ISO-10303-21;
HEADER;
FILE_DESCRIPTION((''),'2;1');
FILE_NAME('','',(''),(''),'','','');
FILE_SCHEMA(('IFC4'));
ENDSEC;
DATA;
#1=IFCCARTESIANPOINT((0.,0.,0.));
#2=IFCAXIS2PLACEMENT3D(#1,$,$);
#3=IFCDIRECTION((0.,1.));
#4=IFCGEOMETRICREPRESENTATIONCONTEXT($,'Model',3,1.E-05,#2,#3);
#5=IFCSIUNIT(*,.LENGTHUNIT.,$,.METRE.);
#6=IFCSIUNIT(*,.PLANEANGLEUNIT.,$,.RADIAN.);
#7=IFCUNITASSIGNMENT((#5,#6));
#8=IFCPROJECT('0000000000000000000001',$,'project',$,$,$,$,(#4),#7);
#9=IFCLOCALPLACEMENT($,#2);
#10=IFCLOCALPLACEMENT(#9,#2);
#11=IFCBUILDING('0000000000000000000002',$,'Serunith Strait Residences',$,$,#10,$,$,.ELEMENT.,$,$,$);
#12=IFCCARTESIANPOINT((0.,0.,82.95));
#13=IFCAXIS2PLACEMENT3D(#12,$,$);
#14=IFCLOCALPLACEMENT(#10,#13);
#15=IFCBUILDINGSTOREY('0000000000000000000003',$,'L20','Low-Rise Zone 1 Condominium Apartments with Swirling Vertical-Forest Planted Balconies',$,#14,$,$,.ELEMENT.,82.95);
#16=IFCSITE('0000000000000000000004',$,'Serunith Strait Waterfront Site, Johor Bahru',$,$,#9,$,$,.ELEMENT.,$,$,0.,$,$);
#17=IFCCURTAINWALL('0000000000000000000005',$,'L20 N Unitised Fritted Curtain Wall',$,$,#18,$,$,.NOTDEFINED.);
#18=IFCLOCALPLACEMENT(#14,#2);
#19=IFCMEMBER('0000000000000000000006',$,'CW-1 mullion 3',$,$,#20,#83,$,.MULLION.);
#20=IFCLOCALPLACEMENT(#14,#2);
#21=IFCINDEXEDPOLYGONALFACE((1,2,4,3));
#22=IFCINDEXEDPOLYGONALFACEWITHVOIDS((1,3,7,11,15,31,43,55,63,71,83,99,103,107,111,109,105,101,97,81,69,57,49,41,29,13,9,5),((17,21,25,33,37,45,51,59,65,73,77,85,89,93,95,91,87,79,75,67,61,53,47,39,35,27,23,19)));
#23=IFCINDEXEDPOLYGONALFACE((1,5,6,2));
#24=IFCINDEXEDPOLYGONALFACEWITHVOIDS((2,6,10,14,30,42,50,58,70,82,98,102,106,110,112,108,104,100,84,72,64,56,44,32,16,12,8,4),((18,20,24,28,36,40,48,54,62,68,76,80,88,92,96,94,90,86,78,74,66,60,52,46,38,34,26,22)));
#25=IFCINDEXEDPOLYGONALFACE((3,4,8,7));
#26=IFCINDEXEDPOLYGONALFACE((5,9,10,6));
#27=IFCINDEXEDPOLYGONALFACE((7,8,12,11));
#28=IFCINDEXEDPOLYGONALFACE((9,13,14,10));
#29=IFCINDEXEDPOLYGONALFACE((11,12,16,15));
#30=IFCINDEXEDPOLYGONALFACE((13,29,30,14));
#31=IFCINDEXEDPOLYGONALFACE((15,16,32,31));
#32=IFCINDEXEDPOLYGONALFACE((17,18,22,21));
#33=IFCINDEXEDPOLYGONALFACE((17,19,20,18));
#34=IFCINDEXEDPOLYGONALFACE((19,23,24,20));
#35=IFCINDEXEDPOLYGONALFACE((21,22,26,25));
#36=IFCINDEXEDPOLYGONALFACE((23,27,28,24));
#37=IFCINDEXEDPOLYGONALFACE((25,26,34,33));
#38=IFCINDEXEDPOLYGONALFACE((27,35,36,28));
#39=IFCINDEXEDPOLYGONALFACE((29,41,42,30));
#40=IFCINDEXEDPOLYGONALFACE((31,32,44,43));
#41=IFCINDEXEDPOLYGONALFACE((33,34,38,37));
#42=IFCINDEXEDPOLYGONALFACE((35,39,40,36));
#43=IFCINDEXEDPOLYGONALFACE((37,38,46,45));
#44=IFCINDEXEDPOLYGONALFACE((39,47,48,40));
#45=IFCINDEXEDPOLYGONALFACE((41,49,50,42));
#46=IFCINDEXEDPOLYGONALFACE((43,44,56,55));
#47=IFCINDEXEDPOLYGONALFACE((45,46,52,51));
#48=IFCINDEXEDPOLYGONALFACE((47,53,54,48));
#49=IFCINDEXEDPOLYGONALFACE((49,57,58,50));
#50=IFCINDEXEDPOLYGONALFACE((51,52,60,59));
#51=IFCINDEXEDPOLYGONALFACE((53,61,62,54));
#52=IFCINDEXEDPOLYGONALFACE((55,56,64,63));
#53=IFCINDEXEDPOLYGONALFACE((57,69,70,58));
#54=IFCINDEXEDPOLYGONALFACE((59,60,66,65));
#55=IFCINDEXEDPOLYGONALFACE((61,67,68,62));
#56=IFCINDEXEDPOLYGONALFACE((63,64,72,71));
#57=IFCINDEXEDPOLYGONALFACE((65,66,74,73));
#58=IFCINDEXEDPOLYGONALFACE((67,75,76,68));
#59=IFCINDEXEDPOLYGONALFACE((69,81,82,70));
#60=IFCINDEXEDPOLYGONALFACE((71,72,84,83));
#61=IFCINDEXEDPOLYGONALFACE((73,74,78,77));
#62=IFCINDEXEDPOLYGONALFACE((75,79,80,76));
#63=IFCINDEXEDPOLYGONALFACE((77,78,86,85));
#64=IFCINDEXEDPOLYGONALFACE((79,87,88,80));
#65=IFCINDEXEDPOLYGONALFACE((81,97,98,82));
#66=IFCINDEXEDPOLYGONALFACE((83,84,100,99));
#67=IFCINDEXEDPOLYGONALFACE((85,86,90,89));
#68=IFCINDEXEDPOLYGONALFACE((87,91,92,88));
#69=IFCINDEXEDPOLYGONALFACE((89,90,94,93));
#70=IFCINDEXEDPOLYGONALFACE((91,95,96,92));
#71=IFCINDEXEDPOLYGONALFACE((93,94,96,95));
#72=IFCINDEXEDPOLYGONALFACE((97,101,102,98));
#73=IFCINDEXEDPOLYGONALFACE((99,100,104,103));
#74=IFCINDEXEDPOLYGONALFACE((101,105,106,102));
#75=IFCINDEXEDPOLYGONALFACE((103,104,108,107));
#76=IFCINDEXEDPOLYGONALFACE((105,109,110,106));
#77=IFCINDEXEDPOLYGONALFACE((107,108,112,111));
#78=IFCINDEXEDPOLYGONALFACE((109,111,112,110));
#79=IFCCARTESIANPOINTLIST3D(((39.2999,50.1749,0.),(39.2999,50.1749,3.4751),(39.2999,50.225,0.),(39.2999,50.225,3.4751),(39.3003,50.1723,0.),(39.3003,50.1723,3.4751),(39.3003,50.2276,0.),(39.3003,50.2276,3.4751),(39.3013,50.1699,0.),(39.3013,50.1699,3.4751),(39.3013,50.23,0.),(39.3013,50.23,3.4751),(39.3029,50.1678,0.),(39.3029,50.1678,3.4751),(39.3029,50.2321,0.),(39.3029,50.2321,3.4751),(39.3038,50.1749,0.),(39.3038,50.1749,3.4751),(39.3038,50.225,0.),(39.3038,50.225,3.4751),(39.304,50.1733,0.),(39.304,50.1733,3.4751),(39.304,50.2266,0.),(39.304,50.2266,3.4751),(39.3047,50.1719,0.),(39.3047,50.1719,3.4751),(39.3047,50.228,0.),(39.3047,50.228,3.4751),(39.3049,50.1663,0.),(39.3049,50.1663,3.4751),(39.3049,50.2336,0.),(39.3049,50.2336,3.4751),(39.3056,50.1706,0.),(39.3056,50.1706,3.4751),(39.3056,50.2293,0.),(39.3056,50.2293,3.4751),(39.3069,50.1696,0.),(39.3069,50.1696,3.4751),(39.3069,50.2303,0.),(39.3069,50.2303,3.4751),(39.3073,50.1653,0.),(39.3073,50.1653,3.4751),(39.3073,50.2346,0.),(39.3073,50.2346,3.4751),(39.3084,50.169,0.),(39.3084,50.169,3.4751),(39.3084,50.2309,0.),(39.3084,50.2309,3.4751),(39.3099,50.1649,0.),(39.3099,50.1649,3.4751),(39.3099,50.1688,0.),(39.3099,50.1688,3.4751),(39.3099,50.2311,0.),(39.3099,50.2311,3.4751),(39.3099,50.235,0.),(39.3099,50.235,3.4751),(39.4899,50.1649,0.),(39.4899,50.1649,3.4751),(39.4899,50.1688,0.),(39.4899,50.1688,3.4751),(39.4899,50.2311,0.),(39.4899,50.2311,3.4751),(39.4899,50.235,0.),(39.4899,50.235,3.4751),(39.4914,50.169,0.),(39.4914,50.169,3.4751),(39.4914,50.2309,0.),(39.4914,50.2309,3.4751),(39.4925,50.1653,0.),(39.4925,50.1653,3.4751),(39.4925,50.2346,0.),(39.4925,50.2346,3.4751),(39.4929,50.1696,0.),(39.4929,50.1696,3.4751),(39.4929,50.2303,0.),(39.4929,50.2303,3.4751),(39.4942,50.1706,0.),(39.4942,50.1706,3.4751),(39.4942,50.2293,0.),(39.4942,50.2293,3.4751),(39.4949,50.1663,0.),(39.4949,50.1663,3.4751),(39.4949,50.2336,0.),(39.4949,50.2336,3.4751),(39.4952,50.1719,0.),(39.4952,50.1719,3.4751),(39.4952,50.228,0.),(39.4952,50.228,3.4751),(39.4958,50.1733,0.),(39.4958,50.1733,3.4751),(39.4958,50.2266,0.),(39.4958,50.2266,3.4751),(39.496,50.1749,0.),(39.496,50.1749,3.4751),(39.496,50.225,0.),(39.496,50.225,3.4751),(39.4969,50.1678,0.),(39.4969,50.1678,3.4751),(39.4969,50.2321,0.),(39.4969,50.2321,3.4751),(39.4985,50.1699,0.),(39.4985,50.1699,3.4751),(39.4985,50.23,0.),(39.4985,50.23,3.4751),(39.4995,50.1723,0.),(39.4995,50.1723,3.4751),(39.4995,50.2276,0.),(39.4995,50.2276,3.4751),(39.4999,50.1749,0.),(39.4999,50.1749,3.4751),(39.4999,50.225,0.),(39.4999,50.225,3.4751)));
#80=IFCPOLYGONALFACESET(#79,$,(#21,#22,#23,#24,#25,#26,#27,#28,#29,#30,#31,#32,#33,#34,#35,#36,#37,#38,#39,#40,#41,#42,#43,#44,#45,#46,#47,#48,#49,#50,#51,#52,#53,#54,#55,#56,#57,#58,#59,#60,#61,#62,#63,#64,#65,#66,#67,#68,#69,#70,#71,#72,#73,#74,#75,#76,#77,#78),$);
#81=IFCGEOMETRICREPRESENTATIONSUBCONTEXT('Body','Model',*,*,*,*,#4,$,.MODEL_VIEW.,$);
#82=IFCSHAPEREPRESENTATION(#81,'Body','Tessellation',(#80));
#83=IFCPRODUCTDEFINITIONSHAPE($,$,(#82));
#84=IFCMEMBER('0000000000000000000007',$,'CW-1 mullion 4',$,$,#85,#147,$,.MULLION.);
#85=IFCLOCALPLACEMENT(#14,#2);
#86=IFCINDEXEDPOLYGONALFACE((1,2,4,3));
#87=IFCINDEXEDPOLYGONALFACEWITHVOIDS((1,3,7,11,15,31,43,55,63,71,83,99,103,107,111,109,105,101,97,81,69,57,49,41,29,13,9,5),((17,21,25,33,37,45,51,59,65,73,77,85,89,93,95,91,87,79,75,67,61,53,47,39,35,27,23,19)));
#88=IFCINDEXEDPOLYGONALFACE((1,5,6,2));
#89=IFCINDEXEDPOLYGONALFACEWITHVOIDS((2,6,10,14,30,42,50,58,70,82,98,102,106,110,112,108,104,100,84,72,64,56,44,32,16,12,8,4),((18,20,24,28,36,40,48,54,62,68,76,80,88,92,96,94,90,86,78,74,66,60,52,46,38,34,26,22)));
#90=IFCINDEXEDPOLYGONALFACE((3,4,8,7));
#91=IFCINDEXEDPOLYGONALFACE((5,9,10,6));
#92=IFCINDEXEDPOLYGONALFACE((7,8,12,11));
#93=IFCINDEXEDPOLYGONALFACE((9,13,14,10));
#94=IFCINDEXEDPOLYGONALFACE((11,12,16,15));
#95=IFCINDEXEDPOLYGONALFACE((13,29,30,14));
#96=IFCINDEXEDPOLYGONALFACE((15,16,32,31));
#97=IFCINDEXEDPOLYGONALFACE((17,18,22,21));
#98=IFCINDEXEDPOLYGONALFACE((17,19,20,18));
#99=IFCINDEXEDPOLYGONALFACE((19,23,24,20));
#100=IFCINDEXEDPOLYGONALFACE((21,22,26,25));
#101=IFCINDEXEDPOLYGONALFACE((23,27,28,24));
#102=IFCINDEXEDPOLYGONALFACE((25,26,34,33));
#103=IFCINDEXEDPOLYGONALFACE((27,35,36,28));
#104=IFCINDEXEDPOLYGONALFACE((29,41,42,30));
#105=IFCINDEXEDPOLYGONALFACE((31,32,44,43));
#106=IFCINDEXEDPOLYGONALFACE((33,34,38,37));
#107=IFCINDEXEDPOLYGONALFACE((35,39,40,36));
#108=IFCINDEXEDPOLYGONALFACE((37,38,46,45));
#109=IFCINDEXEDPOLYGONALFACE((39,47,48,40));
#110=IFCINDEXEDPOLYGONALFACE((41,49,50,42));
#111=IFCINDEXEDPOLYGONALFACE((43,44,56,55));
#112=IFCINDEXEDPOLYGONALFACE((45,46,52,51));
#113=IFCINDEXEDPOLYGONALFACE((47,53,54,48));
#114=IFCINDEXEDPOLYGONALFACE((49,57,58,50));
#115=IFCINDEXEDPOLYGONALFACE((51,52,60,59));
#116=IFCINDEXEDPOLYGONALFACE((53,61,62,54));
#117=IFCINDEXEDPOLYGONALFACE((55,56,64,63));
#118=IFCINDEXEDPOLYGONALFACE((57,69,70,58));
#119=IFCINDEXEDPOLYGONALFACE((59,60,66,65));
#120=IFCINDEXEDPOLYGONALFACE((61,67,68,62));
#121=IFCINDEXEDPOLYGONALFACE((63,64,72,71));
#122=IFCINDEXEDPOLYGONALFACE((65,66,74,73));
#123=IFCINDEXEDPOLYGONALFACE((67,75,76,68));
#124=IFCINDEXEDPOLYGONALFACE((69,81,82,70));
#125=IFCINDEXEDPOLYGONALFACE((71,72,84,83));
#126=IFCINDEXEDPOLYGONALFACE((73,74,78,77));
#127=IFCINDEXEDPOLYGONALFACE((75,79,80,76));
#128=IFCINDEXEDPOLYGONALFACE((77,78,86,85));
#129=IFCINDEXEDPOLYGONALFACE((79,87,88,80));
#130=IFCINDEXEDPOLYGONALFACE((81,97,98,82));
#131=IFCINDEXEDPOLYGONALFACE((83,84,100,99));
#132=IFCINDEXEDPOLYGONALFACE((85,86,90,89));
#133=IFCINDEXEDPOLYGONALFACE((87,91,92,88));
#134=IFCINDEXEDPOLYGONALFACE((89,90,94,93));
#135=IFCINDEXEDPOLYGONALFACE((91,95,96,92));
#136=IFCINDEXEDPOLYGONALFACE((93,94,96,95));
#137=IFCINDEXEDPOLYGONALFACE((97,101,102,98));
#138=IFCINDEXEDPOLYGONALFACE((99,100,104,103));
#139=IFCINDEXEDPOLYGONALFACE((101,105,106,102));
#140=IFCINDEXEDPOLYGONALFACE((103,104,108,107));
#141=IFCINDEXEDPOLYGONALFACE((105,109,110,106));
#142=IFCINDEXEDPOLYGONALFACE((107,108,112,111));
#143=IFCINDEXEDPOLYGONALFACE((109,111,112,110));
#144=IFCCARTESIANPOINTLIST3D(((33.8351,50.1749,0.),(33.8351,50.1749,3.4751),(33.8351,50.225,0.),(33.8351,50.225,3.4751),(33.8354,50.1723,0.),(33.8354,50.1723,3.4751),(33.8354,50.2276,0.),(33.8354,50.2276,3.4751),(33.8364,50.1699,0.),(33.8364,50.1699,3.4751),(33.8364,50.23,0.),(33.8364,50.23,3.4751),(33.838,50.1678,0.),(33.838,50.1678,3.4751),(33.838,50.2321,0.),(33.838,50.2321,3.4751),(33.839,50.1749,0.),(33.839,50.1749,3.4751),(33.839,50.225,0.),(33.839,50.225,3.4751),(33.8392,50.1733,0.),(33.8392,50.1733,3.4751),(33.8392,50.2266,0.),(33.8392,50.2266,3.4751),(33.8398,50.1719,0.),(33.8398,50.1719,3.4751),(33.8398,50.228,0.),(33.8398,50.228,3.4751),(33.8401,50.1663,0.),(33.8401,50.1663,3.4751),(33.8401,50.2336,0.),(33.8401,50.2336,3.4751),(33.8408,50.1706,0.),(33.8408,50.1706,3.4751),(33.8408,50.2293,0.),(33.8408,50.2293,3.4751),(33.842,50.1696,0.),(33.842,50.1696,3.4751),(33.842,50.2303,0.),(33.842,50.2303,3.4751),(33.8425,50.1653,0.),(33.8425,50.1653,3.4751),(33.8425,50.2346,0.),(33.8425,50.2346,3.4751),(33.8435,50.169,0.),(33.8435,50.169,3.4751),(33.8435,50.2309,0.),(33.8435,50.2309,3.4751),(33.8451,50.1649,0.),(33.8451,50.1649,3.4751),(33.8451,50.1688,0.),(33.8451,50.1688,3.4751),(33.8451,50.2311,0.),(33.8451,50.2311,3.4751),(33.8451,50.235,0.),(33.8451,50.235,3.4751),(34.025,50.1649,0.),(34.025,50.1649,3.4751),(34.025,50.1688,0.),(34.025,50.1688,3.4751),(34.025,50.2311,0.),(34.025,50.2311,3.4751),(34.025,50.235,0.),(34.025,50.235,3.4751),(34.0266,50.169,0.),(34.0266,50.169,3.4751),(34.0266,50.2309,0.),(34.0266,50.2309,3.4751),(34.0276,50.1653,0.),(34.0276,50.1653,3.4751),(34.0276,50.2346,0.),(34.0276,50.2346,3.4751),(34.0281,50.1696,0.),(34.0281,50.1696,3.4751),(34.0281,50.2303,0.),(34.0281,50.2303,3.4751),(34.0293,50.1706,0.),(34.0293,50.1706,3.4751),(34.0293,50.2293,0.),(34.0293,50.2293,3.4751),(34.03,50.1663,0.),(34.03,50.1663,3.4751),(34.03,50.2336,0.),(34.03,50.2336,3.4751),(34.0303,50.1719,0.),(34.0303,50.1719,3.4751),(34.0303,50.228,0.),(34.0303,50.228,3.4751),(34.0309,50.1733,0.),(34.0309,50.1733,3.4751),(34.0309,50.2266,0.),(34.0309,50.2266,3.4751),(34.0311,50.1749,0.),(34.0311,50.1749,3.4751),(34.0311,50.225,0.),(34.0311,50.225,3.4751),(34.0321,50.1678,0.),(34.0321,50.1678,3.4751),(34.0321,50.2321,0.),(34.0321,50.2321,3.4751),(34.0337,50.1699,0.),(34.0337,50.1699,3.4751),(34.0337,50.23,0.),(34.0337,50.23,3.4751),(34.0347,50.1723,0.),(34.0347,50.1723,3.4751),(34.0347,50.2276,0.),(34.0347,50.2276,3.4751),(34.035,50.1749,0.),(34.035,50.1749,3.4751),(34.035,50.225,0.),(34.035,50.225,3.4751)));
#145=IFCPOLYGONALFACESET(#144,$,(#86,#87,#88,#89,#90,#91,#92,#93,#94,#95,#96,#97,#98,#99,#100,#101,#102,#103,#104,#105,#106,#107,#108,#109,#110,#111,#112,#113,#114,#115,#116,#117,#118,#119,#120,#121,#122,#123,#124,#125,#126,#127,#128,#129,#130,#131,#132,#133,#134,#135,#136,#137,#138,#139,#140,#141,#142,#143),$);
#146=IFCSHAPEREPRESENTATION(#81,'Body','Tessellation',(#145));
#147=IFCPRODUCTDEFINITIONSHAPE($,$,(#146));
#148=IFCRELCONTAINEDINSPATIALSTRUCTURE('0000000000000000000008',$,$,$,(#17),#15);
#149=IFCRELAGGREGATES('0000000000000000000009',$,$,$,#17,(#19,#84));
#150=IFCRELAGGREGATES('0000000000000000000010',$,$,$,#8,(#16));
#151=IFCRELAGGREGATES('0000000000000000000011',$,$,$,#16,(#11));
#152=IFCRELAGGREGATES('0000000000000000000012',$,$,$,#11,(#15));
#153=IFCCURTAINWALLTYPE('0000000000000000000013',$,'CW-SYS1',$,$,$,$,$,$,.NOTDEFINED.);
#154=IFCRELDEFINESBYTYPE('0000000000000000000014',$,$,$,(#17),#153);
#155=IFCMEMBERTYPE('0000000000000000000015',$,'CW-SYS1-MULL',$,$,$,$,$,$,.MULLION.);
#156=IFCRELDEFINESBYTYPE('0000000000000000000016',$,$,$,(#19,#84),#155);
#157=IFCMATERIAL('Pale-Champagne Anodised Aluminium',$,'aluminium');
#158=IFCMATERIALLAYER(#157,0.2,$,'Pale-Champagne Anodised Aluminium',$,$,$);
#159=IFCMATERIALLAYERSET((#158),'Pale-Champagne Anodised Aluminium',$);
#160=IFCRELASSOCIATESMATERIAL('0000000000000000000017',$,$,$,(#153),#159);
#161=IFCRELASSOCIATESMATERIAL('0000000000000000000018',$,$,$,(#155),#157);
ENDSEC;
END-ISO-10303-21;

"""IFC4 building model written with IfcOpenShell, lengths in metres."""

from ifc_helpers import new_model, si_unit, direction, frame, origin, origin_2d, place, context, subcontext, project, spatial, hollow_rectangle, extrude, source, transform, mapped, material, layer, layer_set, material_profile, profile_set, type_object, element, aggregate, save


model = new_model("IFC4")

# Units and contexts
model_context = context("Model", 3, precision=1e-05, world=origin(), true_north=direction((0.0, 1.0)))
body_context = subcontext(model_context, "Body", "Model", "MODEL_VIEW")
ifc_project = project(units=[si_unit("LENGTHUNIT", "METRE"), si_unit("PLANEANGLEUNIT", "RADIAN")], contexts=[model_context])

# Site, building, storey
site_placement = place(None, origin())
site = spatial("IfcSite", under=ifc_project, at=site_placement, Name="Serunith Strait Waterfront Site, Johor Bahru", CompositionType="ELEMENT", RefElevation=0.0)
building_placement = place(site_placement, origin())
building = spatial("IfcBuilding", under=site, at=building_placement, Name="Serunith Strait Residences", CompositionType="ELEMENT")
storey_placement = place(building_placement, frame((0.0, 0.0, 82.95)))
storey = spatial("IfcBuildingStorey", under=building, at=storey_placement, Name="L20", Description="Low-Rise Zone 1 Condominium Apartments with Swirling Vertical-Forest Planted Balconies", CompositionType="ELEMENT", Elevation=82.95)

# Curtain wall, members
ifc_material_1 = material(Name="Pale-Champagne Anodised Aluminium", Category="aluminium")
ifc_layer_1 = layer(ifc_material_1, 0.2, Name="Pale-Champagne Anodised Aluminium")
ifc_layer_set_1 = layer_set([ifc_layer_1], Name="Pale-Champagne Anodised Aluminium")
curtain_wall_type = type_object("IfcCurtainWallType", Name="CW-SYS1", PredefinedType="NOTDEFINED", material=ifc_layer_set_1)
curtain_wall_1_placement = place(storey_placement, origin())
curtain_wall_1 = element("IfcCurtainWall", 1, at=curtain_wall_1_placement, inside=storey, type_object=curtain_wall_type, Name="L20 N Unitised Fritted Curtain Wall", PredefinedType="NOTDEFINED")
ifc_material_profile_1 = material_profile(ifc_material_1, hollow_rectangle(XDim=0.0701, YDim=0.2, WallThickness=0.0039, InnerFilletRadius=0.0061, OuterFilletRadius=0.01, at=origin_2d()), Name="ALU 200x70x4")
ifc_profile_set_1 = profile_set([ifc_material_profile_1], Name="Pale-Champagne Anodised Aluminium")
member_type_1 = type_object("IfcMemberType", Name="CW-SYS1-MULL", PredefinedType="MULLION", material=ifc_profile_set_1)
shared_shape_1 = source(origin(), body_context, "Body", "SweptSolid", [
    extrude(hollow_rectangle(XDim=0.0701, YDim=0.2, WallThickness=0.0039, InnerFilletRadius=0.0061, OuterFilletRadius=0.01, at=origin_2d()), origin(), (0.0, 0.0, 1.0), 3.4751),
])
member_1_placement = place(storey_placement, frame((39.3999, 50.2, 0.0), z_axis=(0.0, 0.0, 1.0), x_axis=(0.0, -1.0, 0.0)))
member_1 = element("IfcMember", 2, at=member_1_placement, type_object=member_type_1, Name="CW-1 mullion 3", PredefinedType="MULLION", context=body_context, shape_type="MappedRepresentation", body=[
    mapped(shared_shape_1, transform((0.0, 0.0, 0.0), scale=1.0)),
])
member_2_placement = place(storey_placement, frame((33.9351, 50.2, 0.0), z_axis=(0.0, 0.0, 1.0), x_axis=(0.0, -1.0, 0.0)))
member_2 = element("IfcMember", 3, at=member_2_placement, type_object=member_type_1, Name="CW-1 mullion 4", PredefinedType="MULLION", context=body_context, shape_type="MappedRepresentation", body=[
    mapped(shared_shape_1, transform((0.0, 0.0, 0.0), scale=1.0)),
])

aggregate(curtain_wall_1, [member_1, member_2])

save(model, "model.ifc")
